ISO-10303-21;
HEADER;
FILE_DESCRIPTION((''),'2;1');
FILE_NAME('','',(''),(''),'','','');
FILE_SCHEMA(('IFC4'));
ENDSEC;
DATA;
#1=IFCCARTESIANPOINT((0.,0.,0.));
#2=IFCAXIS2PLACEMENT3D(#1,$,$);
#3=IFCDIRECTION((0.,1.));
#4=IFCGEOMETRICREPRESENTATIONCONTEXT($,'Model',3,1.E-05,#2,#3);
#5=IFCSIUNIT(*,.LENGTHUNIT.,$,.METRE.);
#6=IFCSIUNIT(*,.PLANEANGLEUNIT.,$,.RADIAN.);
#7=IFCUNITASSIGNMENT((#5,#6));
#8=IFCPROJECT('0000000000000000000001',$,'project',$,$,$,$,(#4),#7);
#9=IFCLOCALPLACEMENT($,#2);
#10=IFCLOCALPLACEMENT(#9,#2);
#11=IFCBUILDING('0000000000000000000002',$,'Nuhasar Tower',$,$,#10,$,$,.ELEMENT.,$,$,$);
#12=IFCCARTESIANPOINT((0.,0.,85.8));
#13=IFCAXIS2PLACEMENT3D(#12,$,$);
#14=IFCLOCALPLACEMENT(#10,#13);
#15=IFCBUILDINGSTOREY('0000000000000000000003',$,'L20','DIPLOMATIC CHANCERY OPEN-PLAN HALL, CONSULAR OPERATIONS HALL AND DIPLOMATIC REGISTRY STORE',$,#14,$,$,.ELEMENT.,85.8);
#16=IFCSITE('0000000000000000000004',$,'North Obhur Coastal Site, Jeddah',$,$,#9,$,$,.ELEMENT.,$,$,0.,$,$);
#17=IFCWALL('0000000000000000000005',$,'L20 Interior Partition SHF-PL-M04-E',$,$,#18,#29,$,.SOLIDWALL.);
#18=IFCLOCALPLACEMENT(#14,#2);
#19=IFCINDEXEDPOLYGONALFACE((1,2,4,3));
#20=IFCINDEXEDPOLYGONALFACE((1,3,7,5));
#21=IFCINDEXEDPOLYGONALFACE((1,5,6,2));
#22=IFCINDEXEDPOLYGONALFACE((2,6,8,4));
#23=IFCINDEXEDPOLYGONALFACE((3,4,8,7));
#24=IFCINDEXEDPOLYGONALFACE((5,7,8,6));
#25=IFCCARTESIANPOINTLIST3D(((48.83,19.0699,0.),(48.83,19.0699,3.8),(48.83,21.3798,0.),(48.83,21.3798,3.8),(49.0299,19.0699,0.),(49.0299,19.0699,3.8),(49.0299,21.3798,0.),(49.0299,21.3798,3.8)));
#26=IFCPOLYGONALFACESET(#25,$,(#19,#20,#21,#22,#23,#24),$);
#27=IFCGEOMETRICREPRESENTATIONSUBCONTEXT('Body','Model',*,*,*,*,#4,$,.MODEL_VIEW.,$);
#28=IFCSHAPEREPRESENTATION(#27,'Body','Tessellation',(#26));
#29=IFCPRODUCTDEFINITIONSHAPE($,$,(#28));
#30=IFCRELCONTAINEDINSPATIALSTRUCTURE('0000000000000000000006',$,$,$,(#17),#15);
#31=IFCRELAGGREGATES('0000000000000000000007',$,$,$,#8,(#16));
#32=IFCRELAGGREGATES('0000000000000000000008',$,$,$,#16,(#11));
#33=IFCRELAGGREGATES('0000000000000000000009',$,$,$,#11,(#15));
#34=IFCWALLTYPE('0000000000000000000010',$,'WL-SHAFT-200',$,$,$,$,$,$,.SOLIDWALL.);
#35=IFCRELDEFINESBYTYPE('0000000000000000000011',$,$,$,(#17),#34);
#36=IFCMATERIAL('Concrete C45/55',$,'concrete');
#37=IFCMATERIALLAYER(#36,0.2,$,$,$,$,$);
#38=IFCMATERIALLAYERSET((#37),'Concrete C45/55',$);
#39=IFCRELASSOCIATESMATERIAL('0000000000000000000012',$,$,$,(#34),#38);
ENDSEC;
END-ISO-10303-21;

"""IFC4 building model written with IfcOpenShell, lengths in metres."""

from ifc_helpers import new_model, si_unit, direction, frame, frame_2d, origin, place, context, subcontext, project, spatial, rectangle, extrude, material, layer, layer_set, type_object, element, save


model = new_model("IFC4")

# Units and contexts
model_context = context("Model", 3, precision=1e-05, world=origin(), true_north=direction((0.0, 1.0)))
body_context = subcontext(model_context, "Body", "Model", "MODEL_VIEW")
ifc_project = project(units=[si_unit("LENGTHUNIT", "METRE"), si_unit("PLANEANGLEUNIT", "RADIAN")], contexts=[model_context])

# Site, building, storey
site_placement = place(None, origin())
site = spatial("IfcSite", under=ifc_project, at=site_placement, Name="North Obhur Coastal Site, Jeddah", CompositionType="ELEMENT", RefElevation=0.0)
building_placement = place(site_placement, origin())
building = spatial("IfcBuilding", under=site, at=building_placement, Name="Nuhasar Tower", CompositionType="ELEMENT")
storey_placement = place(building_placement, frame((0.0, 0.0, 85.8)))
storey = spatial("IfcBuildingStorey", under=building, at=storey_placement, Name="L20", Description="DIPLOMATIC CHANCERY OPEN-PLAN HALL, CONSULAR OPERATIONS HALL AND DIPLOMATIC REGISTRY STORE", CompositionType="ELEMENT", Elevation=85.8)

# Shared definitions
ifc_material_1 = material(Name="Concrete C45/55", Category="concrete")

# Wall
ifc_layer_1 = layer(ifc_material_1, 0.2)
ifc_layer_set_1 = layer_set([ifc_layer_1], Name="Concrete C45/55")
wall_type_1 = type_object("IfcWallType", Name="WL-SHAFT-200", PredefinedType="SOLIDWALL", material=ifc_layer_set_1)
for number, where, z_axis, x_axis, name in (
    (1, (48.9299, 19.0701, 0.0), (0.0, 0.0, 1.0), (0.0, 1.0, 0.0), "L20 Interior Partition SHF-PL-M04-E"),
):
    element("IfcWall", number, at=place(storey_placement, frame(where, z_axis=z_axis, x_axis=x_axis)), inside=storey, type_object=wall_type_1, Name=name, PredefinedType="SOLIDWALL", context=body_context, shape_type="SweptSolid", body=[
        extrude(rectangle(XDim=2.3098, YDim=0.2, at=frame_2d((1.1548, 0.0))), origin(), (0.0, 0.0, 1.0), 3.8),
    ])

save(model, "model.ifc")
